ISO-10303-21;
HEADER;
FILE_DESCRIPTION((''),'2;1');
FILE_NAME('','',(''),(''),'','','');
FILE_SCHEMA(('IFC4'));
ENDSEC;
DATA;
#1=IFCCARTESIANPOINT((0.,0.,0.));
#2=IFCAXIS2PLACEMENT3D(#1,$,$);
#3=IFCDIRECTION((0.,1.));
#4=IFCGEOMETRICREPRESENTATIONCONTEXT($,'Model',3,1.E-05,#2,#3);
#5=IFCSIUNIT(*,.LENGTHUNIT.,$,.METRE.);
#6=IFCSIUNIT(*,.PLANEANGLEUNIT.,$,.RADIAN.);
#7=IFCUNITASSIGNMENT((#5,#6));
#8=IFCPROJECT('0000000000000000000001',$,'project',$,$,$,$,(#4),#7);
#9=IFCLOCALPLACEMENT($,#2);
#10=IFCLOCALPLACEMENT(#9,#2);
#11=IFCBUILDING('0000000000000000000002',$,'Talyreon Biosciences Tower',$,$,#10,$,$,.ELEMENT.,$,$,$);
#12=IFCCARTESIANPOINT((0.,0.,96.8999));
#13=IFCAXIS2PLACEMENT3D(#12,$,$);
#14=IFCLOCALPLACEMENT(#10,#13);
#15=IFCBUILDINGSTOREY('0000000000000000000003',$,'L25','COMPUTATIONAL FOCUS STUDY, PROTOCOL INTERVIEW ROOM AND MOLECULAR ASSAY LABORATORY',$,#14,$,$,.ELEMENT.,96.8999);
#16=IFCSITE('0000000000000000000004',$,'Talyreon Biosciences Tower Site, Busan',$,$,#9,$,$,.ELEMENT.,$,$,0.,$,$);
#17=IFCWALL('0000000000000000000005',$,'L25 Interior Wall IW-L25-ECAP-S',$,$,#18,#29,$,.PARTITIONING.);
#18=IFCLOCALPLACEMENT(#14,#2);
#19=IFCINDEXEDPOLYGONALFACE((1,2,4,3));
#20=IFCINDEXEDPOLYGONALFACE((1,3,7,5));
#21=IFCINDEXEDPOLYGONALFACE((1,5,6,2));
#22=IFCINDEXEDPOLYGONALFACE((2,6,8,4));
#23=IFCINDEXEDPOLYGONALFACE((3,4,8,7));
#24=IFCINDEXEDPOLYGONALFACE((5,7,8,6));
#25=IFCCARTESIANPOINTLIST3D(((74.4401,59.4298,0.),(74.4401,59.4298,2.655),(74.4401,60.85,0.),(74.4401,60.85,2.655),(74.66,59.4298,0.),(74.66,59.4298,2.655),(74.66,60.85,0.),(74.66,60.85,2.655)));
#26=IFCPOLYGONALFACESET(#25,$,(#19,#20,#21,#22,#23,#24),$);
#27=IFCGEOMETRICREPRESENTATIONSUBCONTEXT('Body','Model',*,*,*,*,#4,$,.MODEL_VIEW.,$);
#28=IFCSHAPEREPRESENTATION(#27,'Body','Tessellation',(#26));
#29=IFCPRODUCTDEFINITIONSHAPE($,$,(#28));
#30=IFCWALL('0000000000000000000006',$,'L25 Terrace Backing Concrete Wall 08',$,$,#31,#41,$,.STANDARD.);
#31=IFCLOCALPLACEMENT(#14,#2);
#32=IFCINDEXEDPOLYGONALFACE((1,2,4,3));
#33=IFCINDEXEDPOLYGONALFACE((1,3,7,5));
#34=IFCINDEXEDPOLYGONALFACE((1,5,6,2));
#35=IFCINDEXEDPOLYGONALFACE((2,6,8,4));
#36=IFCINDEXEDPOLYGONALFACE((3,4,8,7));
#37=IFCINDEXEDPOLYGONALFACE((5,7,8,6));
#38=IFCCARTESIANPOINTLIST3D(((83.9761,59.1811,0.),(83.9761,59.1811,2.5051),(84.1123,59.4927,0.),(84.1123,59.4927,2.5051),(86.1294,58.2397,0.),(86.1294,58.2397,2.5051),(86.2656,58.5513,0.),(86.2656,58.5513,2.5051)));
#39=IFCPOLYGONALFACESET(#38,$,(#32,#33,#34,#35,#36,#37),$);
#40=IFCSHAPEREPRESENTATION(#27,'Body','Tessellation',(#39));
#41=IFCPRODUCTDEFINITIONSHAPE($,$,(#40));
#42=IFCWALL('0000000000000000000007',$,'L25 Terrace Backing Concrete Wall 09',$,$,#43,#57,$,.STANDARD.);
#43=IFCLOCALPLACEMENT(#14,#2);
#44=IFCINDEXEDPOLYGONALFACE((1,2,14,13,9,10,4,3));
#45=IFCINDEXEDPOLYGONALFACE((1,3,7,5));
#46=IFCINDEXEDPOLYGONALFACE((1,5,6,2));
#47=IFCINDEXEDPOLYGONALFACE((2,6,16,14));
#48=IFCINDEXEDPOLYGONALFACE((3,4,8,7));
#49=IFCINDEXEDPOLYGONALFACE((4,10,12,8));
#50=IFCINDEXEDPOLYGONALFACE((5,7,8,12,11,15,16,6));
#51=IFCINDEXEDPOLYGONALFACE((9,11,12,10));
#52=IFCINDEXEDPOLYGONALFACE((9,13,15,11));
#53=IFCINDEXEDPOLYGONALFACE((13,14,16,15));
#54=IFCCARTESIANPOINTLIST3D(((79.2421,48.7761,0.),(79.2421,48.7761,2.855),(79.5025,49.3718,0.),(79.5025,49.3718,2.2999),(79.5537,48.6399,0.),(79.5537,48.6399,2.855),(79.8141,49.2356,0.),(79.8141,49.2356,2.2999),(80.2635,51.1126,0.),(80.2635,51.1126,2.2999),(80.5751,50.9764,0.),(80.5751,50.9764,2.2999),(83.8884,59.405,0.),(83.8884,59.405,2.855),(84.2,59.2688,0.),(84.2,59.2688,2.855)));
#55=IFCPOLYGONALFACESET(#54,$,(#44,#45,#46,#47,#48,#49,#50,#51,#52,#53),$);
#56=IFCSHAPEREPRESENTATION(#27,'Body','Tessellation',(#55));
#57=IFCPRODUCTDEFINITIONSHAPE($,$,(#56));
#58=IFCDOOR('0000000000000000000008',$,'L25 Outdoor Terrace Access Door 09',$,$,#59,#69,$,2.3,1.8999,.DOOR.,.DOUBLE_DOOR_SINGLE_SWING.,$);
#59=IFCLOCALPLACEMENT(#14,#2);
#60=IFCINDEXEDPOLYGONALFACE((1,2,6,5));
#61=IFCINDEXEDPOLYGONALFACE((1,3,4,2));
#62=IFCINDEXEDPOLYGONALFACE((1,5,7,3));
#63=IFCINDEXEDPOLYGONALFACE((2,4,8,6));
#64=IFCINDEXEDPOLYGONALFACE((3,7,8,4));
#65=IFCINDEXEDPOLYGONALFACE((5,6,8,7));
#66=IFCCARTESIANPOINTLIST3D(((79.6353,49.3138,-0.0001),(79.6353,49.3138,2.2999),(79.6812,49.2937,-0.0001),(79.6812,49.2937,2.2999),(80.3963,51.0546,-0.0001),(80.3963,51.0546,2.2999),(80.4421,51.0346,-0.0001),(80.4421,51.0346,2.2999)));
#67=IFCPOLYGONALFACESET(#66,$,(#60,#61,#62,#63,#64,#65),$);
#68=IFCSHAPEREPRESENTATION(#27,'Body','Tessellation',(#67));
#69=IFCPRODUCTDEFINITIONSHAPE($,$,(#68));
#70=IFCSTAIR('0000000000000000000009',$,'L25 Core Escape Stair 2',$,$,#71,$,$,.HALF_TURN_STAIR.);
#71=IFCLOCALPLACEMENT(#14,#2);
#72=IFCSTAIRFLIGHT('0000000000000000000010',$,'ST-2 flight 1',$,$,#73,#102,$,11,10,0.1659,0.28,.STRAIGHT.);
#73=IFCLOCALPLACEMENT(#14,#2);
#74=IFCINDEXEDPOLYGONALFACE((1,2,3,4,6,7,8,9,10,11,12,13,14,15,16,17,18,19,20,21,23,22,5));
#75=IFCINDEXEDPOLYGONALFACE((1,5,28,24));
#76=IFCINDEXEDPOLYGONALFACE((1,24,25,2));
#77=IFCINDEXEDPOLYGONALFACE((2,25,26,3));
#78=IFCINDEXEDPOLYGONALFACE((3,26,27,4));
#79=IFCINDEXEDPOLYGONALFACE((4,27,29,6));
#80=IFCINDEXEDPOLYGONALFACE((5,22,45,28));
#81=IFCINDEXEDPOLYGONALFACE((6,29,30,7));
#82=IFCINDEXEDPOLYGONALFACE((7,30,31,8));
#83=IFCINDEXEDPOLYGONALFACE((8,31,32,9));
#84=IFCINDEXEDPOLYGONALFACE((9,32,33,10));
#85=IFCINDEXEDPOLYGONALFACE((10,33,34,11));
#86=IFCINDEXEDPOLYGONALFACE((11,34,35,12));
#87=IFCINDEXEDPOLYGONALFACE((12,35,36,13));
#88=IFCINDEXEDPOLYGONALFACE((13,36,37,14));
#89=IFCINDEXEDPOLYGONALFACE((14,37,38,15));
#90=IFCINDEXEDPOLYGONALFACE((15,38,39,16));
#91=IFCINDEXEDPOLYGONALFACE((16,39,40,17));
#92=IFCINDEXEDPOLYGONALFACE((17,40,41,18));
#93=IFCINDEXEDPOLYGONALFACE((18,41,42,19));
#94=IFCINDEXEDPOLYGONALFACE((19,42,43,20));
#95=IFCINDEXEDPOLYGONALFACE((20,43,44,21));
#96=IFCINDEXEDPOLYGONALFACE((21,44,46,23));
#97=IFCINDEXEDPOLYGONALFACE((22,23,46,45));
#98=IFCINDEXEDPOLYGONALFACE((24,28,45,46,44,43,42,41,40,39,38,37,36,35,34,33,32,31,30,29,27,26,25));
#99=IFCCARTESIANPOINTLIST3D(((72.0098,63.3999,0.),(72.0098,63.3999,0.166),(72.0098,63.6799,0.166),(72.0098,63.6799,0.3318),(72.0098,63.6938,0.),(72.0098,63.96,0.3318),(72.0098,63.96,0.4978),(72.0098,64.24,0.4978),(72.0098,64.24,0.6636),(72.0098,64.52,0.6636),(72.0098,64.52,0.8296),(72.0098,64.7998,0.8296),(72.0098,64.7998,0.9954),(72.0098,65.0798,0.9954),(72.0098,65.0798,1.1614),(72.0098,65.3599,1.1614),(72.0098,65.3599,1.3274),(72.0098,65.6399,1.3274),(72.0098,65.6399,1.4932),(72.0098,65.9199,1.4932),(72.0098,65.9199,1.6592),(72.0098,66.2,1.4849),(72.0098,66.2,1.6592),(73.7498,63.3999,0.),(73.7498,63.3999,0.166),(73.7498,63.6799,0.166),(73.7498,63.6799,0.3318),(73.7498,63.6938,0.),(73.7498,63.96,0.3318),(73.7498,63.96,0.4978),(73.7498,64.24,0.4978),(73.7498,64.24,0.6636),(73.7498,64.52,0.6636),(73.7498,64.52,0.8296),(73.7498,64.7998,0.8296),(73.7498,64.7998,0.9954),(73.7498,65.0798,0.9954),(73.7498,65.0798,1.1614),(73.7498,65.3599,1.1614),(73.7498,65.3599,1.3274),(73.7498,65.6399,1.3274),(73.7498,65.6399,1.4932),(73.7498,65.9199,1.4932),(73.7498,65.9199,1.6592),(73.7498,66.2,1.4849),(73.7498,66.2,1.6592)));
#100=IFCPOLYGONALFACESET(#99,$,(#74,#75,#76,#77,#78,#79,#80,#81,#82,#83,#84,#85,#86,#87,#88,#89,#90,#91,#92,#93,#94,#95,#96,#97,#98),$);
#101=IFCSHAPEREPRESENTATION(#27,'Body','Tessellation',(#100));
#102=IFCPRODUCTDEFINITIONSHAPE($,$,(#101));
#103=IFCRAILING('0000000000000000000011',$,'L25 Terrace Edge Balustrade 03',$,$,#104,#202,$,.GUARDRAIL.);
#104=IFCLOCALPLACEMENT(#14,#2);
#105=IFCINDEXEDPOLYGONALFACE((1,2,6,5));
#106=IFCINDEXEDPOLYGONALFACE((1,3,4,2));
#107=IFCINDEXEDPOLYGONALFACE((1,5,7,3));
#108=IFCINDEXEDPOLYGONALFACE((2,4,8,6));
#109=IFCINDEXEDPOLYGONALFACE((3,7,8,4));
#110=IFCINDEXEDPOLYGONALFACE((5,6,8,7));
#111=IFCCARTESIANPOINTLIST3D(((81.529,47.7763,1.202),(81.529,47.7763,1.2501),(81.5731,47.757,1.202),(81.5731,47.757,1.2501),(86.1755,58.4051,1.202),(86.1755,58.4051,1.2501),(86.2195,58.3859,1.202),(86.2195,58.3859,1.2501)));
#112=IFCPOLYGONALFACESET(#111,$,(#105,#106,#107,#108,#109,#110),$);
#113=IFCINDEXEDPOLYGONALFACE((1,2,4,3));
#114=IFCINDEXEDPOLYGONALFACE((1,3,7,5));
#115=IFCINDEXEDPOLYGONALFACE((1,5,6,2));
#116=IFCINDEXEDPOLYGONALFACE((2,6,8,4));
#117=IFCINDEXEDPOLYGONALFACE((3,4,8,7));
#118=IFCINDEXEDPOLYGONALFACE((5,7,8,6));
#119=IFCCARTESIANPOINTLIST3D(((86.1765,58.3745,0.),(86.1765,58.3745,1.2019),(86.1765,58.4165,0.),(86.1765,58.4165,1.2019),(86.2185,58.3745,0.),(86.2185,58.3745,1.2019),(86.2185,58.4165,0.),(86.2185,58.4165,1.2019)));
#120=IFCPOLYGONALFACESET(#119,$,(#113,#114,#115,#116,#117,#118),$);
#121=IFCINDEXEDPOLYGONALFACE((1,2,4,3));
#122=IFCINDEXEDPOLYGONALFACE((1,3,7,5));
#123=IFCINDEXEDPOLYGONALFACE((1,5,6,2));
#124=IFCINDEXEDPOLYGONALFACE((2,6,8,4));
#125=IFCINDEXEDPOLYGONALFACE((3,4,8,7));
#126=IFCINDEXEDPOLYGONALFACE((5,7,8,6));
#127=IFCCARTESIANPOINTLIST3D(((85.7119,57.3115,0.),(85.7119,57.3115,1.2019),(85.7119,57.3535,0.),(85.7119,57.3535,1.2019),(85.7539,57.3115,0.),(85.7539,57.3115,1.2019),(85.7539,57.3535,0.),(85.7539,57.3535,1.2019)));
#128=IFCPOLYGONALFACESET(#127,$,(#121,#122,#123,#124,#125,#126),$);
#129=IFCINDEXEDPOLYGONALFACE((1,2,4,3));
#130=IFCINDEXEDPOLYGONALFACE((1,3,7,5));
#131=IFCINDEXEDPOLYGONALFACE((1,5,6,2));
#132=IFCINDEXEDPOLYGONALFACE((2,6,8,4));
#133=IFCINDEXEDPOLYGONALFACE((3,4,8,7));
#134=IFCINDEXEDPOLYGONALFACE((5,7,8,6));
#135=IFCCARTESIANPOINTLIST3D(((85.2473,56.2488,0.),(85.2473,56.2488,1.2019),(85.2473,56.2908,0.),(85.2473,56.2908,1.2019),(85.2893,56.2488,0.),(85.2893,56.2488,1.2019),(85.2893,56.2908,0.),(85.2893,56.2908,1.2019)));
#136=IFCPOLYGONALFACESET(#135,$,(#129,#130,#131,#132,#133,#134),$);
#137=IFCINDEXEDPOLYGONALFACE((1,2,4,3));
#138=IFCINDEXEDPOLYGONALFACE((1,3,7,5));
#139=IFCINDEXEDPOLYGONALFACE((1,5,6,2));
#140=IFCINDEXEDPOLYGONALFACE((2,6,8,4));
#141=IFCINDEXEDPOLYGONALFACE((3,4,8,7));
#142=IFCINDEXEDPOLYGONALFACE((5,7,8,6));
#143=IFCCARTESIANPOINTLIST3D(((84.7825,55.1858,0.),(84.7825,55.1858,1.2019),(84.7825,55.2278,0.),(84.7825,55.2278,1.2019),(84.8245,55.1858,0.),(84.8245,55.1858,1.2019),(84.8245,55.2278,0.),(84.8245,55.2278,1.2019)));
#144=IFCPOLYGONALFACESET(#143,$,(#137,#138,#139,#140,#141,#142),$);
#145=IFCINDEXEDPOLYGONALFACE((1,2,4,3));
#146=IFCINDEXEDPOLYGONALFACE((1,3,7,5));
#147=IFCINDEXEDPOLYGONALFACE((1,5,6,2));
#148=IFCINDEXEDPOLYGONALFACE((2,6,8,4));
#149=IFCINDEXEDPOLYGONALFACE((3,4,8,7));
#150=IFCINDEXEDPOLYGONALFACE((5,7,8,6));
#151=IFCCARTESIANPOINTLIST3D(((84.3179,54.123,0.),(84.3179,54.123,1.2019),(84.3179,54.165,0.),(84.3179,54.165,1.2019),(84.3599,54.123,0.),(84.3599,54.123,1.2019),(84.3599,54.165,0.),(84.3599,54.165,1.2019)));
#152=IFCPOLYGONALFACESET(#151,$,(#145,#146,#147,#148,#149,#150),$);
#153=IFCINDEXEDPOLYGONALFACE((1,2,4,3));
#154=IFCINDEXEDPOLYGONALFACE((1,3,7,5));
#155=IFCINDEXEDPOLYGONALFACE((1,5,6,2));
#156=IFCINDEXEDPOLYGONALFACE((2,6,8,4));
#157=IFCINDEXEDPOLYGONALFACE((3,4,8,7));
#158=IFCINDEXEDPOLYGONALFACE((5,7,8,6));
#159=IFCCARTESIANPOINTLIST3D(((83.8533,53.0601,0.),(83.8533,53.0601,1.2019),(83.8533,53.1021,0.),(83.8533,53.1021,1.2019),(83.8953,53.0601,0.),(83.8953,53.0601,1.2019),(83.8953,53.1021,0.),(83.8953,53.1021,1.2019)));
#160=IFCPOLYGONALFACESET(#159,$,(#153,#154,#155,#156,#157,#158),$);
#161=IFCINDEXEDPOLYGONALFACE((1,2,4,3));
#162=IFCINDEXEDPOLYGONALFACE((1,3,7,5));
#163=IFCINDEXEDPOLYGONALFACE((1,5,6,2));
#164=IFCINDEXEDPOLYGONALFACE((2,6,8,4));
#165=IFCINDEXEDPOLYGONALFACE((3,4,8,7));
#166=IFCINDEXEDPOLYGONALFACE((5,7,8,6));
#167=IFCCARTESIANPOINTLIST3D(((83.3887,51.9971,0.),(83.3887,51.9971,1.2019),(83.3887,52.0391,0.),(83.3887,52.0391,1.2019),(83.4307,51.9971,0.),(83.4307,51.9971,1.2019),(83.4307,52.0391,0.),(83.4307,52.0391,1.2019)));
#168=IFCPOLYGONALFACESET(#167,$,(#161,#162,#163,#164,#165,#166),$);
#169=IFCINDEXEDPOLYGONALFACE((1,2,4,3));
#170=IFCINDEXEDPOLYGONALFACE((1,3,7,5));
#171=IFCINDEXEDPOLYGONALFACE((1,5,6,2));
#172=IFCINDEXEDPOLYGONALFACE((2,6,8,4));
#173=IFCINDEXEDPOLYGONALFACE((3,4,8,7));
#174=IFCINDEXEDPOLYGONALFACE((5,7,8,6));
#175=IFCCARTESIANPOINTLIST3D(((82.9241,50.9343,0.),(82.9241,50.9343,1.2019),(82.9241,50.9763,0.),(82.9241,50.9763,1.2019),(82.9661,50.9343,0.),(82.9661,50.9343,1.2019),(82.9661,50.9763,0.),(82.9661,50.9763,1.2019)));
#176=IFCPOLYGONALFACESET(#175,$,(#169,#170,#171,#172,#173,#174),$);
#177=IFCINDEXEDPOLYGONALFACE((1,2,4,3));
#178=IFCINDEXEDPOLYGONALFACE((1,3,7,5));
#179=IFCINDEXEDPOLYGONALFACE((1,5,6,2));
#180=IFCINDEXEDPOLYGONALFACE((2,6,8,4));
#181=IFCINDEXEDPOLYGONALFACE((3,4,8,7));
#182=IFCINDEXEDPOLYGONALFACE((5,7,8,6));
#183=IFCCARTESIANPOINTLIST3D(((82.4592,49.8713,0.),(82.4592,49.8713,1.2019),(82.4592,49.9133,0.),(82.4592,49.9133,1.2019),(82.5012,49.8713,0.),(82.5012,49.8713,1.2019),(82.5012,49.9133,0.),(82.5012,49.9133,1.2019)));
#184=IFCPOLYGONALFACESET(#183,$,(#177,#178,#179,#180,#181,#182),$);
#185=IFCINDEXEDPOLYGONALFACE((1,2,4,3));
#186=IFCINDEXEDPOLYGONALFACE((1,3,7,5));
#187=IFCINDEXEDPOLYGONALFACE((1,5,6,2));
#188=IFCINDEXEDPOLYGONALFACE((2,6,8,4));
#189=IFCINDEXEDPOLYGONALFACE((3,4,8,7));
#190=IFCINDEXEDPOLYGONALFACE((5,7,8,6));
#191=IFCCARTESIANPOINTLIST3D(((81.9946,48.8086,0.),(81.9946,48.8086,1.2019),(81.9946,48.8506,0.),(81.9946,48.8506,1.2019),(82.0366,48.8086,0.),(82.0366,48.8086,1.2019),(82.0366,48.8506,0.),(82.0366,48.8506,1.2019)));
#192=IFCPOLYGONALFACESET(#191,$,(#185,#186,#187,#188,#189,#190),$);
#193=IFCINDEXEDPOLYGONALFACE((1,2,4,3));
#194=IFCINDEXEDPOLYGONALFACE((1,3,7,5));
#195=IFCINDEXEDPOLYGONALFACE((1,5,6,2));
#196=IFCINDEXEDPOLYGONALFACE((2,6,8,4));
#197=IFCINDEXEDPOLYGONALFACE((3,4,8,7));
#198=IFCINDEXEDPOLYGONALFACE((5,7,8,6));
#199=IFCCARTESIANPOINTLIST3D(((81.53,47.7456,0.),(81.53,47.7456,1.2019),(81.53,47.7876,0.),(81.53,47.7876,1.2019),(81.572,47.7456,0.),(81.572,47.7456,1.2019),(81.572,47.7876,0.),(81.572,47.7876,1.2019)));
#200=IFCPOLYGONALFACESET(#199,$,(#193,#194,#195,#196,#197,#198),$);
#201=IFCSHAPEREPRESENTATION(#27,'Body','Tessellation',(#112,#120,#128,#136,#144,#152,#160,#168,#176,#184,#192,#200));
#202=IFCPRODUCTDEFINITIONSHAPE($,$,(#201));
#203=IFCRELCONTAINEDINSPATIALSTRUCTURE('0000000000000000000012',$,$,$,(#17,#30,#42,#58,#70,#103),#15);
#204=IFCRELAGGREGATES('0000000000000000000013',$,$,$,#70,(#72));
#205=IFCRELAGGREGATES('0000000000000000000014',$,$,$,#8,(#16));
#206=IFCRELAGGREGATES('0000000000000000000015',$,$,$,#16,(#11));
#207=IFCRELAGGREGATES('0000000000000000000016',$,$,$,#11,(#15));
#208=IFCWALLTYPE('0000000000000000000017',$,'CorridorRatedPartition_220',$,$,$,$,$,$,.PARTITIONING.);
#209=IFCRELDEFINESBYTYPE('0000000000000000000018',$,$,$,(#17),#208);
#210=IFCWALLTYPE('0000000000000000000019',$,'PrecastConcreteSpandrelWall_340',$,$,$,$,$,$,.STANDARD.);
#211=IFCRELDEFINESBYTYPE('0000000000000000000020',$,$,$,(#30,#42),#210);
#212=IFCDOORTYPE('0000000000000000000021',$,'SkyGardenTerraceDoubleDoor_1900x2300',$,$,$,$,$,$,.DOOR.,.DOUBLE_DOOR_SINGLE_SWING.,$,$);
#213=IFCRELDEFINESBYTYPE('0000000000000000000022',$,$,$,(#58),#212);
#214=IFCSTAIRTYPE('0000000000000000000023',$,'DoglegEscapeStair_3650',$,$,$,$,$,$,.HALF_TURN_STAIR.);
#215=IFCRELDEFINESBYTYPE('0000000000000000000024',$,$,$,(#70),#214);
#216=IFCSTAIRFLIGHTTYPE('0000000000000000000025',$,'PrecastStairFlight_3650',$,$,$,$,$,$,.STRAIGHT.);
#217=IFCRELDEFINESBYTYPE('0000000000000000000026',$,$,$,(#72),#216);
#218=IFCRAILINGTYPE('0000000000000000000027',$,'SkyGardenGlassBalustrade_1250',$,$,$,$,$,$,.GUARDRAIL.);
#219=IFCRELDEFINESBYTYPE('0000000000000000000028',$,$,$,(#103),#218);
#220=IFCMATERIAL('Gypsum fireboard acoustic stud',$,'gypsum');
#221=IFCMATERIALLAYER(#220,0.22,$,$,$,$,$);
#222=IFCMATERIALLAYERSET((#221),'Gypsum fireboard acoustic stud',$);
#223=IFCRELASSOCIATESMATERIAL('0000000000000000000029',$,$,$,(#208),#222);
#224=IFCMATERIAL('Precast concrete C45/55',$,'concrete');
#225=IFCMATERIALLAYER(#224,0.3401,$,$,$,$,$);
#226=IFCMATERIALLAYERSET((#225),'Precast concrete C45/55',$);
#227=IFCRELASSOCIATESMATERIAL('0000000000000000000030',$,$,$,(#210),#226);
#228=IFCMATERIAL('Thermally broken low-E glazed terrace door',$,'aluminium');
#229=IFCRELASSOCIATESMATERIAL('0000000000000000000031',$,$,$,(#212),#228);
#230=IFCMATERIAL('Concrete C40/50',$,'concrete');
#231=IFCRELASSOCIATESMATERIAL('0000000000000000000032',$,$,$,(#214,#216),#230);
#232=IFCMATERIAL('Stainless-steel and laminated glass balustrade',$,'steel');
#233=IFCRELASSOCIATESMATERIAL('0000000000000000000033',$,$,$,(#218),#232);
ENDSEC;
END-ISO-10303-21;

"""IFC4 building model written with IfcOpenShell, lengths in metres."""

from ifc_helpers import new_model, si_unit, direction, frame, frame_2d, origin, origin_2d, place, context, subcontext, project, spatial, polyline, rectangle, outline, extrude, material, layer, layer_set, type_object, element, fill, aggregate, save


model = new_model("IFC4")

# Units and contexts
model_context = context("Model", 3, precision=1e-05, world=origin(), true_north=direction((0.0, 1.0)))
body_context = subcontext(model_context, "Body", "Model", "MODEL_VIEW")
ifc_project = project(units=[si_unit("LENGTHUNIT", "METRE"), si_unit("PLANEANGLEUNIT", "RADIAN")], contexts=[model_context])

# Site, building, storey
site_placement = place(None, origin())
site = spatial("IfcSite", under=ifc_project, at=site_placement, Name="Talyreon Biosciences Tower Site, Busan", CompositionType="ELEMENT", RefElevation=0.0)
building_placement = place(site_placement, origin())
building = spatial("IfcBuilding", under=site, at=building_placement, Name="Talyreon Biosciences Tower", CompositionType="ELEMENT")
storey_placement = place(building_placement, frame((0.0, 0.0, 96.8999)))
storey = spatial("IfcBuildingStorey", under=building, at=storey_placement, Name="L25", Description="COMPUTATIONAL FOCUS STUDY, PROTOCOL INTERVIEW ROOM AND MOLECULAR ASSAY LABORATORY", CompositionType="ELEMENT", Elevation=96.8999)

# Walls
ifc_material_1 = material(Name="Gypsum fireboard acoustic stud", Category="gypsum")
ifc_layer_1 = layer(ifc_material_1, 0.22)
ifc_layer_set_1 = layer_set([ifc_layer_1], Name="Gypsum fireboard acoustic stud")
wall_type_1 = type_object("IfcWallType", Name="CorridorRatedPartition_220", PredefinedType="PARTITIONING", material=ifc_layer_set_1)
wall_1_placement = place(storey_placement, frame((74.55, 59.4299, 0.0), z_axis=(0.0, 0.0, 1.0), x_axis=(0.0, 1.0, 0.0)))
element("IfcWall", 1, at=wall_1_placement, inside=storey, type_object=wall_type_1, Name="L25 Interior Wall IW-L25-ECAP-S", PredefinedType="PARTITIONING", context=body_context, shape_type="SweptSolid", body=[
    extrude(rectangle(XDim=1.4202, YDim=0.22, at=frame_2d((0.71, 0.0))), origin(), (0.0, 0.0, 1.0), 2.655),
])
ifc_material_2 = material(Name="Precast concrete C45/55", Category="concrete")
ifc_layer_2 = layer(ifc_material_2, 0.3401)
ifc_layer_set_2 = layer_set([ifc_layer_2], Name="Precast concrete C45/55")
wall_type_2 = type_object("IfcWallType", Name="PrecastConcreteSpandrelWall_340", PredefinedType="STANDARD", material=ifc_layer_set_2)
wall_2_placement = place(storey_placement, frame((86.1975, 58.3955, 0.0), z_axis=(0.0, 0.0, 1.0), x_axis=(-0.916262, 0.400579, 0.0)))
element("IfcWall", 2, at=wall_2_placement, inside=storey, type_object=wall_type_2, Name="L25 Terrace Backing Concrete Wall 08", PredefinedType="STANDARD", context=body_context, shape_type="SweptSolid", body=[
    extrude(rectangle(XDim=2.3501, YDim=0.3401, at=frame_2d((1.175, 0.0))), origin(), (0.0, 0.0, 1.0), 2.5051),
])

# Wall, opening, door
wall_3_placement = place(storey_placement, frame((84.0442, 59.3369, 0.0), z_axis=(0.0, 0.0, 1.0), x_axis=(-0.400536, -0.916281, 0.0)))
wall_3 = element("IfcWall", 3, at=wall_3_placement, inside=storey, type_object=wall_type_2, Name="L25 Terrace Backing Concrete Wall 09", PredefinedType="STANDARD", context=body_context, shape_type="SweptSolid", body=[
    extrude(rectangle(XDim=11.6001, YDim=0.3401, at=frame_2d((5.8, 0.0))), origin(), (0.0, 0.0, 1.0), 2.855),
])
opening_1_placement = place(wall_3_placement, frame((9.05, 0.0, 0.0)))
opening_1 = element("IfcOpeningElement", 4, at=opening_1_placement, cuts=wall_3, PredefinedType="OPENING", context=body_context, shape_type="SweptSolid", body=[
    extrude(rectangle(XDim=1.8999, YDim=2.3, at=frame_2d((0.95, 1.1499))), frame((0.0, 0.1799, 0.0), z_axis=(0.0, -1.0, 0.0), x_axis=(1.0, 0.0, 0.0)), (0.0, 0.0, 1.0), 0.3601),
])
ifc_material_3 = material(Name="Thermally broken low-E glazed terrace door", Category="aluminium")
door_type_1 = type_object("IfcDoorType", Name="SkyGardenTerraceDoubleDoor_1900x2300", OperationType="DOUBLE_DOOR_SINGLE_SWING", PredefinedType="DOOR", material=ifc_material_3)
door_1_placement = place(opening_1_placement, origin())
door_1 = element("IfcDoor", 5, at=door_1_placement, inside=storey, type_object=door_type_1, Name="L25 Outdoor Terrace Access Door 09", OperationType="DOUBLE_DOOR_SINGLE_SWING", OverallHeight=2.3, OverallWidth=1.8999, PredefinedType="DOOR", context=body_context, shape_type="SweptSolid", body=[
    extrude(rectangle(XDim=1.8999, YDim=2.3, at=frame_2d((0.95, 1.1499))), frame((0.0, 0.0249, 0.0), z_axis=(0.0, -1.0, 0.0), x_axis=(1.0, 0.0, 0.0)), (0.0, 0.0, 1.0), 0.05),
])
fill(opening_1, door_1)

# Stair, stair flight
ifc_material_4 = material(Name="Concrete C40/50", Category="concrete")
stair_type = type_object("IfcStairType", Name="DoglegEscapeStair_3650", PredefinedType="HALF_TURN_STAIR", material=ifc_material_4)
stair_placement = place(storey_placement, origin())
stair = element("IfcStair", 6, at=stair_placement, inside=storey, type_object=stair_type, Name="L25 Core Escape Stair 2", PredefinedType="HALF_TURN_STAIR")
stair_flight_type = type_object("IfcStairFlightType", Name="PrecastStairFlight_3650", PredefinedType="STRAIGHT", material=ifc_material_4)
stair_flight_placement = place(storey_placement, frame((72.8799, 63.3999, 0.0), z_axis=(0.0, 0.0, 1.0), x_axis=(0.0, 1.0, 0.0)))
stair_flight = element("IfcStairFlight", 7, at=stair_flight_placement, type_object=stair_flight_type, Name="ST-2 flight 1", NumberOfRisers=11, NumberOfTreads=10, PredefinedType="STRAIGHT", RiserHeight=0.1659, TreadLength=0.28, context=body_context, shape_type="SweptSolid", body=[
    extrude(outline(polyline([(0.0, 0.0), (0.0, 0.166), (0.28, 0.166), (0.28, 0.3318), (0.5601, 0.3318), (0.5601, 0.4978), (0.8401, 0.4978), (0.8401, 0.6636), (1.1201, 0.6636), (1.1201, 0.8296), (1.3999, 0.8296), (1.3999, 0.9954), (1.6799, 0.9954), (1.6799, 1.1614), (1.96, 1.1614), (1.96, 1.3274), (2.24, 1.3274), (2.24, 1.4932), (2.52, 1.4932), (2.52, 1.6592), (2.8, 1.6592), (2.8, 1.825), (2.8, 1.4849), (0.2939, 0.0), (0.0, 0.0)])), frame((0.0, 0.8701, 0.0), z_axis=(0.0, -1.0, 0.0), x_axis=(1.0, 0.0, 0.0)), (0.0, 0.0, 1.0), 1.74),
])
aggregate(stair, [stair_flight])

# Railing
ifc_material_5 = material(Name="Stainless-steel and laminated glass balustrade", Category="steel")
railing_type_1 = type_object("IfcRailingType", Name="SkyGardenGlassBalustrade_1250", PredefinedType="GUARDRAIL", material=ifc_material_5)
railing_1_placement = place(storey_placement, frame((86.1975, 58.3955, 0.0)))
element("IfcRailing", 8, at=railing_1_placement, inside=storey, type_object=railing_type_1, Name="L25 Terrace Edge Balustrade 03", PredefinedType="GUARDRAIL", context=body_context, shape_type="SweptSolid", body=[
    extrude(rectangle(XDim=0.0481, YDim=0.0481, at=origin_2d()), frame((0.0, 0.0, 1.2261), z_axis=(-0.400554, -0.916273, 0.0), x_axis=(0.916273, -0.400554, 0.0)), (0.0, 0.0, 1.0), 11.6001),
    extrude(rectangle(XDim=0.042, YDim=0.042, at=origin_2d()), origin(), (0.0, 0.0, 1.0), 1.2019),
    extrude(rectangle(XDim=0.042, YDim=0.042, at=origin_2d()), frame((-0.4646, -1.063, 0.0)), (0.0, 0.0, 1.0), 1.2019),
    extrude(rectangle(XDim=0.042, YDim=0.042, at=origin_2d()), frame((-0.9292, -2.1257, 0.0)), (0.0, 0.0, 1.0), 1.2019),
    extrude(rectangle(XDim=0.042, YDim=0.042, at=origin_2d()), frame((-1.394, -3.1887, 0.0)), (0.0, 0.0, 1.0), 1.2019),
    extrude(rectangle(XDim=0.042, YDim=0.042, at=origin_2d()), frame((-1.8586, -4.2515, 0.0)), (0.0, 0.0, 1.0), 1.2019),
    extrude(rectangle(XDim=0.042, YDim=0.042, at=origin_2d()), frame((-2.3232, -5.3145, 0.0)), (0.0, 0.0, 1.0), 1.2019),
    extrude(rectangle(XDim=0.042, YDim=0.042, at=origin_2d()), frame((-2.7878, -6.3774, 0.0)), (0.0, 0.0, 1.0), 1.2019),
    extrude(rectangle(XDim=0.042, YDim=0.042, at=origin_2d()), frame((-3.2524, -7.4402, 0.0)), (0.0, 0.0, 1.0), 1.2019),
    extrude(rectangle(XDim=0.042, YDim=0.042, at=origin_2d()), frame((-3.7173, -8.5032, 0.0)), (0.0, 0.0, 1.0), 1.2019),
    extrude(rectangle(XDim=0.042, YDim=0.042, at=origin_2d()), frame((-4.1819, -9.5659, 0.0)), (0.0, 0.0, 1.0), 1.2019),
    extrude(rectangle(XDim=0.042, YDim=0.042, at=origin_2d()), frame((-4.6465, -10.6289, 0.0)), (0.0, 0.0, 1.0), 1.2019),
])

save(model, "model.ifc")
